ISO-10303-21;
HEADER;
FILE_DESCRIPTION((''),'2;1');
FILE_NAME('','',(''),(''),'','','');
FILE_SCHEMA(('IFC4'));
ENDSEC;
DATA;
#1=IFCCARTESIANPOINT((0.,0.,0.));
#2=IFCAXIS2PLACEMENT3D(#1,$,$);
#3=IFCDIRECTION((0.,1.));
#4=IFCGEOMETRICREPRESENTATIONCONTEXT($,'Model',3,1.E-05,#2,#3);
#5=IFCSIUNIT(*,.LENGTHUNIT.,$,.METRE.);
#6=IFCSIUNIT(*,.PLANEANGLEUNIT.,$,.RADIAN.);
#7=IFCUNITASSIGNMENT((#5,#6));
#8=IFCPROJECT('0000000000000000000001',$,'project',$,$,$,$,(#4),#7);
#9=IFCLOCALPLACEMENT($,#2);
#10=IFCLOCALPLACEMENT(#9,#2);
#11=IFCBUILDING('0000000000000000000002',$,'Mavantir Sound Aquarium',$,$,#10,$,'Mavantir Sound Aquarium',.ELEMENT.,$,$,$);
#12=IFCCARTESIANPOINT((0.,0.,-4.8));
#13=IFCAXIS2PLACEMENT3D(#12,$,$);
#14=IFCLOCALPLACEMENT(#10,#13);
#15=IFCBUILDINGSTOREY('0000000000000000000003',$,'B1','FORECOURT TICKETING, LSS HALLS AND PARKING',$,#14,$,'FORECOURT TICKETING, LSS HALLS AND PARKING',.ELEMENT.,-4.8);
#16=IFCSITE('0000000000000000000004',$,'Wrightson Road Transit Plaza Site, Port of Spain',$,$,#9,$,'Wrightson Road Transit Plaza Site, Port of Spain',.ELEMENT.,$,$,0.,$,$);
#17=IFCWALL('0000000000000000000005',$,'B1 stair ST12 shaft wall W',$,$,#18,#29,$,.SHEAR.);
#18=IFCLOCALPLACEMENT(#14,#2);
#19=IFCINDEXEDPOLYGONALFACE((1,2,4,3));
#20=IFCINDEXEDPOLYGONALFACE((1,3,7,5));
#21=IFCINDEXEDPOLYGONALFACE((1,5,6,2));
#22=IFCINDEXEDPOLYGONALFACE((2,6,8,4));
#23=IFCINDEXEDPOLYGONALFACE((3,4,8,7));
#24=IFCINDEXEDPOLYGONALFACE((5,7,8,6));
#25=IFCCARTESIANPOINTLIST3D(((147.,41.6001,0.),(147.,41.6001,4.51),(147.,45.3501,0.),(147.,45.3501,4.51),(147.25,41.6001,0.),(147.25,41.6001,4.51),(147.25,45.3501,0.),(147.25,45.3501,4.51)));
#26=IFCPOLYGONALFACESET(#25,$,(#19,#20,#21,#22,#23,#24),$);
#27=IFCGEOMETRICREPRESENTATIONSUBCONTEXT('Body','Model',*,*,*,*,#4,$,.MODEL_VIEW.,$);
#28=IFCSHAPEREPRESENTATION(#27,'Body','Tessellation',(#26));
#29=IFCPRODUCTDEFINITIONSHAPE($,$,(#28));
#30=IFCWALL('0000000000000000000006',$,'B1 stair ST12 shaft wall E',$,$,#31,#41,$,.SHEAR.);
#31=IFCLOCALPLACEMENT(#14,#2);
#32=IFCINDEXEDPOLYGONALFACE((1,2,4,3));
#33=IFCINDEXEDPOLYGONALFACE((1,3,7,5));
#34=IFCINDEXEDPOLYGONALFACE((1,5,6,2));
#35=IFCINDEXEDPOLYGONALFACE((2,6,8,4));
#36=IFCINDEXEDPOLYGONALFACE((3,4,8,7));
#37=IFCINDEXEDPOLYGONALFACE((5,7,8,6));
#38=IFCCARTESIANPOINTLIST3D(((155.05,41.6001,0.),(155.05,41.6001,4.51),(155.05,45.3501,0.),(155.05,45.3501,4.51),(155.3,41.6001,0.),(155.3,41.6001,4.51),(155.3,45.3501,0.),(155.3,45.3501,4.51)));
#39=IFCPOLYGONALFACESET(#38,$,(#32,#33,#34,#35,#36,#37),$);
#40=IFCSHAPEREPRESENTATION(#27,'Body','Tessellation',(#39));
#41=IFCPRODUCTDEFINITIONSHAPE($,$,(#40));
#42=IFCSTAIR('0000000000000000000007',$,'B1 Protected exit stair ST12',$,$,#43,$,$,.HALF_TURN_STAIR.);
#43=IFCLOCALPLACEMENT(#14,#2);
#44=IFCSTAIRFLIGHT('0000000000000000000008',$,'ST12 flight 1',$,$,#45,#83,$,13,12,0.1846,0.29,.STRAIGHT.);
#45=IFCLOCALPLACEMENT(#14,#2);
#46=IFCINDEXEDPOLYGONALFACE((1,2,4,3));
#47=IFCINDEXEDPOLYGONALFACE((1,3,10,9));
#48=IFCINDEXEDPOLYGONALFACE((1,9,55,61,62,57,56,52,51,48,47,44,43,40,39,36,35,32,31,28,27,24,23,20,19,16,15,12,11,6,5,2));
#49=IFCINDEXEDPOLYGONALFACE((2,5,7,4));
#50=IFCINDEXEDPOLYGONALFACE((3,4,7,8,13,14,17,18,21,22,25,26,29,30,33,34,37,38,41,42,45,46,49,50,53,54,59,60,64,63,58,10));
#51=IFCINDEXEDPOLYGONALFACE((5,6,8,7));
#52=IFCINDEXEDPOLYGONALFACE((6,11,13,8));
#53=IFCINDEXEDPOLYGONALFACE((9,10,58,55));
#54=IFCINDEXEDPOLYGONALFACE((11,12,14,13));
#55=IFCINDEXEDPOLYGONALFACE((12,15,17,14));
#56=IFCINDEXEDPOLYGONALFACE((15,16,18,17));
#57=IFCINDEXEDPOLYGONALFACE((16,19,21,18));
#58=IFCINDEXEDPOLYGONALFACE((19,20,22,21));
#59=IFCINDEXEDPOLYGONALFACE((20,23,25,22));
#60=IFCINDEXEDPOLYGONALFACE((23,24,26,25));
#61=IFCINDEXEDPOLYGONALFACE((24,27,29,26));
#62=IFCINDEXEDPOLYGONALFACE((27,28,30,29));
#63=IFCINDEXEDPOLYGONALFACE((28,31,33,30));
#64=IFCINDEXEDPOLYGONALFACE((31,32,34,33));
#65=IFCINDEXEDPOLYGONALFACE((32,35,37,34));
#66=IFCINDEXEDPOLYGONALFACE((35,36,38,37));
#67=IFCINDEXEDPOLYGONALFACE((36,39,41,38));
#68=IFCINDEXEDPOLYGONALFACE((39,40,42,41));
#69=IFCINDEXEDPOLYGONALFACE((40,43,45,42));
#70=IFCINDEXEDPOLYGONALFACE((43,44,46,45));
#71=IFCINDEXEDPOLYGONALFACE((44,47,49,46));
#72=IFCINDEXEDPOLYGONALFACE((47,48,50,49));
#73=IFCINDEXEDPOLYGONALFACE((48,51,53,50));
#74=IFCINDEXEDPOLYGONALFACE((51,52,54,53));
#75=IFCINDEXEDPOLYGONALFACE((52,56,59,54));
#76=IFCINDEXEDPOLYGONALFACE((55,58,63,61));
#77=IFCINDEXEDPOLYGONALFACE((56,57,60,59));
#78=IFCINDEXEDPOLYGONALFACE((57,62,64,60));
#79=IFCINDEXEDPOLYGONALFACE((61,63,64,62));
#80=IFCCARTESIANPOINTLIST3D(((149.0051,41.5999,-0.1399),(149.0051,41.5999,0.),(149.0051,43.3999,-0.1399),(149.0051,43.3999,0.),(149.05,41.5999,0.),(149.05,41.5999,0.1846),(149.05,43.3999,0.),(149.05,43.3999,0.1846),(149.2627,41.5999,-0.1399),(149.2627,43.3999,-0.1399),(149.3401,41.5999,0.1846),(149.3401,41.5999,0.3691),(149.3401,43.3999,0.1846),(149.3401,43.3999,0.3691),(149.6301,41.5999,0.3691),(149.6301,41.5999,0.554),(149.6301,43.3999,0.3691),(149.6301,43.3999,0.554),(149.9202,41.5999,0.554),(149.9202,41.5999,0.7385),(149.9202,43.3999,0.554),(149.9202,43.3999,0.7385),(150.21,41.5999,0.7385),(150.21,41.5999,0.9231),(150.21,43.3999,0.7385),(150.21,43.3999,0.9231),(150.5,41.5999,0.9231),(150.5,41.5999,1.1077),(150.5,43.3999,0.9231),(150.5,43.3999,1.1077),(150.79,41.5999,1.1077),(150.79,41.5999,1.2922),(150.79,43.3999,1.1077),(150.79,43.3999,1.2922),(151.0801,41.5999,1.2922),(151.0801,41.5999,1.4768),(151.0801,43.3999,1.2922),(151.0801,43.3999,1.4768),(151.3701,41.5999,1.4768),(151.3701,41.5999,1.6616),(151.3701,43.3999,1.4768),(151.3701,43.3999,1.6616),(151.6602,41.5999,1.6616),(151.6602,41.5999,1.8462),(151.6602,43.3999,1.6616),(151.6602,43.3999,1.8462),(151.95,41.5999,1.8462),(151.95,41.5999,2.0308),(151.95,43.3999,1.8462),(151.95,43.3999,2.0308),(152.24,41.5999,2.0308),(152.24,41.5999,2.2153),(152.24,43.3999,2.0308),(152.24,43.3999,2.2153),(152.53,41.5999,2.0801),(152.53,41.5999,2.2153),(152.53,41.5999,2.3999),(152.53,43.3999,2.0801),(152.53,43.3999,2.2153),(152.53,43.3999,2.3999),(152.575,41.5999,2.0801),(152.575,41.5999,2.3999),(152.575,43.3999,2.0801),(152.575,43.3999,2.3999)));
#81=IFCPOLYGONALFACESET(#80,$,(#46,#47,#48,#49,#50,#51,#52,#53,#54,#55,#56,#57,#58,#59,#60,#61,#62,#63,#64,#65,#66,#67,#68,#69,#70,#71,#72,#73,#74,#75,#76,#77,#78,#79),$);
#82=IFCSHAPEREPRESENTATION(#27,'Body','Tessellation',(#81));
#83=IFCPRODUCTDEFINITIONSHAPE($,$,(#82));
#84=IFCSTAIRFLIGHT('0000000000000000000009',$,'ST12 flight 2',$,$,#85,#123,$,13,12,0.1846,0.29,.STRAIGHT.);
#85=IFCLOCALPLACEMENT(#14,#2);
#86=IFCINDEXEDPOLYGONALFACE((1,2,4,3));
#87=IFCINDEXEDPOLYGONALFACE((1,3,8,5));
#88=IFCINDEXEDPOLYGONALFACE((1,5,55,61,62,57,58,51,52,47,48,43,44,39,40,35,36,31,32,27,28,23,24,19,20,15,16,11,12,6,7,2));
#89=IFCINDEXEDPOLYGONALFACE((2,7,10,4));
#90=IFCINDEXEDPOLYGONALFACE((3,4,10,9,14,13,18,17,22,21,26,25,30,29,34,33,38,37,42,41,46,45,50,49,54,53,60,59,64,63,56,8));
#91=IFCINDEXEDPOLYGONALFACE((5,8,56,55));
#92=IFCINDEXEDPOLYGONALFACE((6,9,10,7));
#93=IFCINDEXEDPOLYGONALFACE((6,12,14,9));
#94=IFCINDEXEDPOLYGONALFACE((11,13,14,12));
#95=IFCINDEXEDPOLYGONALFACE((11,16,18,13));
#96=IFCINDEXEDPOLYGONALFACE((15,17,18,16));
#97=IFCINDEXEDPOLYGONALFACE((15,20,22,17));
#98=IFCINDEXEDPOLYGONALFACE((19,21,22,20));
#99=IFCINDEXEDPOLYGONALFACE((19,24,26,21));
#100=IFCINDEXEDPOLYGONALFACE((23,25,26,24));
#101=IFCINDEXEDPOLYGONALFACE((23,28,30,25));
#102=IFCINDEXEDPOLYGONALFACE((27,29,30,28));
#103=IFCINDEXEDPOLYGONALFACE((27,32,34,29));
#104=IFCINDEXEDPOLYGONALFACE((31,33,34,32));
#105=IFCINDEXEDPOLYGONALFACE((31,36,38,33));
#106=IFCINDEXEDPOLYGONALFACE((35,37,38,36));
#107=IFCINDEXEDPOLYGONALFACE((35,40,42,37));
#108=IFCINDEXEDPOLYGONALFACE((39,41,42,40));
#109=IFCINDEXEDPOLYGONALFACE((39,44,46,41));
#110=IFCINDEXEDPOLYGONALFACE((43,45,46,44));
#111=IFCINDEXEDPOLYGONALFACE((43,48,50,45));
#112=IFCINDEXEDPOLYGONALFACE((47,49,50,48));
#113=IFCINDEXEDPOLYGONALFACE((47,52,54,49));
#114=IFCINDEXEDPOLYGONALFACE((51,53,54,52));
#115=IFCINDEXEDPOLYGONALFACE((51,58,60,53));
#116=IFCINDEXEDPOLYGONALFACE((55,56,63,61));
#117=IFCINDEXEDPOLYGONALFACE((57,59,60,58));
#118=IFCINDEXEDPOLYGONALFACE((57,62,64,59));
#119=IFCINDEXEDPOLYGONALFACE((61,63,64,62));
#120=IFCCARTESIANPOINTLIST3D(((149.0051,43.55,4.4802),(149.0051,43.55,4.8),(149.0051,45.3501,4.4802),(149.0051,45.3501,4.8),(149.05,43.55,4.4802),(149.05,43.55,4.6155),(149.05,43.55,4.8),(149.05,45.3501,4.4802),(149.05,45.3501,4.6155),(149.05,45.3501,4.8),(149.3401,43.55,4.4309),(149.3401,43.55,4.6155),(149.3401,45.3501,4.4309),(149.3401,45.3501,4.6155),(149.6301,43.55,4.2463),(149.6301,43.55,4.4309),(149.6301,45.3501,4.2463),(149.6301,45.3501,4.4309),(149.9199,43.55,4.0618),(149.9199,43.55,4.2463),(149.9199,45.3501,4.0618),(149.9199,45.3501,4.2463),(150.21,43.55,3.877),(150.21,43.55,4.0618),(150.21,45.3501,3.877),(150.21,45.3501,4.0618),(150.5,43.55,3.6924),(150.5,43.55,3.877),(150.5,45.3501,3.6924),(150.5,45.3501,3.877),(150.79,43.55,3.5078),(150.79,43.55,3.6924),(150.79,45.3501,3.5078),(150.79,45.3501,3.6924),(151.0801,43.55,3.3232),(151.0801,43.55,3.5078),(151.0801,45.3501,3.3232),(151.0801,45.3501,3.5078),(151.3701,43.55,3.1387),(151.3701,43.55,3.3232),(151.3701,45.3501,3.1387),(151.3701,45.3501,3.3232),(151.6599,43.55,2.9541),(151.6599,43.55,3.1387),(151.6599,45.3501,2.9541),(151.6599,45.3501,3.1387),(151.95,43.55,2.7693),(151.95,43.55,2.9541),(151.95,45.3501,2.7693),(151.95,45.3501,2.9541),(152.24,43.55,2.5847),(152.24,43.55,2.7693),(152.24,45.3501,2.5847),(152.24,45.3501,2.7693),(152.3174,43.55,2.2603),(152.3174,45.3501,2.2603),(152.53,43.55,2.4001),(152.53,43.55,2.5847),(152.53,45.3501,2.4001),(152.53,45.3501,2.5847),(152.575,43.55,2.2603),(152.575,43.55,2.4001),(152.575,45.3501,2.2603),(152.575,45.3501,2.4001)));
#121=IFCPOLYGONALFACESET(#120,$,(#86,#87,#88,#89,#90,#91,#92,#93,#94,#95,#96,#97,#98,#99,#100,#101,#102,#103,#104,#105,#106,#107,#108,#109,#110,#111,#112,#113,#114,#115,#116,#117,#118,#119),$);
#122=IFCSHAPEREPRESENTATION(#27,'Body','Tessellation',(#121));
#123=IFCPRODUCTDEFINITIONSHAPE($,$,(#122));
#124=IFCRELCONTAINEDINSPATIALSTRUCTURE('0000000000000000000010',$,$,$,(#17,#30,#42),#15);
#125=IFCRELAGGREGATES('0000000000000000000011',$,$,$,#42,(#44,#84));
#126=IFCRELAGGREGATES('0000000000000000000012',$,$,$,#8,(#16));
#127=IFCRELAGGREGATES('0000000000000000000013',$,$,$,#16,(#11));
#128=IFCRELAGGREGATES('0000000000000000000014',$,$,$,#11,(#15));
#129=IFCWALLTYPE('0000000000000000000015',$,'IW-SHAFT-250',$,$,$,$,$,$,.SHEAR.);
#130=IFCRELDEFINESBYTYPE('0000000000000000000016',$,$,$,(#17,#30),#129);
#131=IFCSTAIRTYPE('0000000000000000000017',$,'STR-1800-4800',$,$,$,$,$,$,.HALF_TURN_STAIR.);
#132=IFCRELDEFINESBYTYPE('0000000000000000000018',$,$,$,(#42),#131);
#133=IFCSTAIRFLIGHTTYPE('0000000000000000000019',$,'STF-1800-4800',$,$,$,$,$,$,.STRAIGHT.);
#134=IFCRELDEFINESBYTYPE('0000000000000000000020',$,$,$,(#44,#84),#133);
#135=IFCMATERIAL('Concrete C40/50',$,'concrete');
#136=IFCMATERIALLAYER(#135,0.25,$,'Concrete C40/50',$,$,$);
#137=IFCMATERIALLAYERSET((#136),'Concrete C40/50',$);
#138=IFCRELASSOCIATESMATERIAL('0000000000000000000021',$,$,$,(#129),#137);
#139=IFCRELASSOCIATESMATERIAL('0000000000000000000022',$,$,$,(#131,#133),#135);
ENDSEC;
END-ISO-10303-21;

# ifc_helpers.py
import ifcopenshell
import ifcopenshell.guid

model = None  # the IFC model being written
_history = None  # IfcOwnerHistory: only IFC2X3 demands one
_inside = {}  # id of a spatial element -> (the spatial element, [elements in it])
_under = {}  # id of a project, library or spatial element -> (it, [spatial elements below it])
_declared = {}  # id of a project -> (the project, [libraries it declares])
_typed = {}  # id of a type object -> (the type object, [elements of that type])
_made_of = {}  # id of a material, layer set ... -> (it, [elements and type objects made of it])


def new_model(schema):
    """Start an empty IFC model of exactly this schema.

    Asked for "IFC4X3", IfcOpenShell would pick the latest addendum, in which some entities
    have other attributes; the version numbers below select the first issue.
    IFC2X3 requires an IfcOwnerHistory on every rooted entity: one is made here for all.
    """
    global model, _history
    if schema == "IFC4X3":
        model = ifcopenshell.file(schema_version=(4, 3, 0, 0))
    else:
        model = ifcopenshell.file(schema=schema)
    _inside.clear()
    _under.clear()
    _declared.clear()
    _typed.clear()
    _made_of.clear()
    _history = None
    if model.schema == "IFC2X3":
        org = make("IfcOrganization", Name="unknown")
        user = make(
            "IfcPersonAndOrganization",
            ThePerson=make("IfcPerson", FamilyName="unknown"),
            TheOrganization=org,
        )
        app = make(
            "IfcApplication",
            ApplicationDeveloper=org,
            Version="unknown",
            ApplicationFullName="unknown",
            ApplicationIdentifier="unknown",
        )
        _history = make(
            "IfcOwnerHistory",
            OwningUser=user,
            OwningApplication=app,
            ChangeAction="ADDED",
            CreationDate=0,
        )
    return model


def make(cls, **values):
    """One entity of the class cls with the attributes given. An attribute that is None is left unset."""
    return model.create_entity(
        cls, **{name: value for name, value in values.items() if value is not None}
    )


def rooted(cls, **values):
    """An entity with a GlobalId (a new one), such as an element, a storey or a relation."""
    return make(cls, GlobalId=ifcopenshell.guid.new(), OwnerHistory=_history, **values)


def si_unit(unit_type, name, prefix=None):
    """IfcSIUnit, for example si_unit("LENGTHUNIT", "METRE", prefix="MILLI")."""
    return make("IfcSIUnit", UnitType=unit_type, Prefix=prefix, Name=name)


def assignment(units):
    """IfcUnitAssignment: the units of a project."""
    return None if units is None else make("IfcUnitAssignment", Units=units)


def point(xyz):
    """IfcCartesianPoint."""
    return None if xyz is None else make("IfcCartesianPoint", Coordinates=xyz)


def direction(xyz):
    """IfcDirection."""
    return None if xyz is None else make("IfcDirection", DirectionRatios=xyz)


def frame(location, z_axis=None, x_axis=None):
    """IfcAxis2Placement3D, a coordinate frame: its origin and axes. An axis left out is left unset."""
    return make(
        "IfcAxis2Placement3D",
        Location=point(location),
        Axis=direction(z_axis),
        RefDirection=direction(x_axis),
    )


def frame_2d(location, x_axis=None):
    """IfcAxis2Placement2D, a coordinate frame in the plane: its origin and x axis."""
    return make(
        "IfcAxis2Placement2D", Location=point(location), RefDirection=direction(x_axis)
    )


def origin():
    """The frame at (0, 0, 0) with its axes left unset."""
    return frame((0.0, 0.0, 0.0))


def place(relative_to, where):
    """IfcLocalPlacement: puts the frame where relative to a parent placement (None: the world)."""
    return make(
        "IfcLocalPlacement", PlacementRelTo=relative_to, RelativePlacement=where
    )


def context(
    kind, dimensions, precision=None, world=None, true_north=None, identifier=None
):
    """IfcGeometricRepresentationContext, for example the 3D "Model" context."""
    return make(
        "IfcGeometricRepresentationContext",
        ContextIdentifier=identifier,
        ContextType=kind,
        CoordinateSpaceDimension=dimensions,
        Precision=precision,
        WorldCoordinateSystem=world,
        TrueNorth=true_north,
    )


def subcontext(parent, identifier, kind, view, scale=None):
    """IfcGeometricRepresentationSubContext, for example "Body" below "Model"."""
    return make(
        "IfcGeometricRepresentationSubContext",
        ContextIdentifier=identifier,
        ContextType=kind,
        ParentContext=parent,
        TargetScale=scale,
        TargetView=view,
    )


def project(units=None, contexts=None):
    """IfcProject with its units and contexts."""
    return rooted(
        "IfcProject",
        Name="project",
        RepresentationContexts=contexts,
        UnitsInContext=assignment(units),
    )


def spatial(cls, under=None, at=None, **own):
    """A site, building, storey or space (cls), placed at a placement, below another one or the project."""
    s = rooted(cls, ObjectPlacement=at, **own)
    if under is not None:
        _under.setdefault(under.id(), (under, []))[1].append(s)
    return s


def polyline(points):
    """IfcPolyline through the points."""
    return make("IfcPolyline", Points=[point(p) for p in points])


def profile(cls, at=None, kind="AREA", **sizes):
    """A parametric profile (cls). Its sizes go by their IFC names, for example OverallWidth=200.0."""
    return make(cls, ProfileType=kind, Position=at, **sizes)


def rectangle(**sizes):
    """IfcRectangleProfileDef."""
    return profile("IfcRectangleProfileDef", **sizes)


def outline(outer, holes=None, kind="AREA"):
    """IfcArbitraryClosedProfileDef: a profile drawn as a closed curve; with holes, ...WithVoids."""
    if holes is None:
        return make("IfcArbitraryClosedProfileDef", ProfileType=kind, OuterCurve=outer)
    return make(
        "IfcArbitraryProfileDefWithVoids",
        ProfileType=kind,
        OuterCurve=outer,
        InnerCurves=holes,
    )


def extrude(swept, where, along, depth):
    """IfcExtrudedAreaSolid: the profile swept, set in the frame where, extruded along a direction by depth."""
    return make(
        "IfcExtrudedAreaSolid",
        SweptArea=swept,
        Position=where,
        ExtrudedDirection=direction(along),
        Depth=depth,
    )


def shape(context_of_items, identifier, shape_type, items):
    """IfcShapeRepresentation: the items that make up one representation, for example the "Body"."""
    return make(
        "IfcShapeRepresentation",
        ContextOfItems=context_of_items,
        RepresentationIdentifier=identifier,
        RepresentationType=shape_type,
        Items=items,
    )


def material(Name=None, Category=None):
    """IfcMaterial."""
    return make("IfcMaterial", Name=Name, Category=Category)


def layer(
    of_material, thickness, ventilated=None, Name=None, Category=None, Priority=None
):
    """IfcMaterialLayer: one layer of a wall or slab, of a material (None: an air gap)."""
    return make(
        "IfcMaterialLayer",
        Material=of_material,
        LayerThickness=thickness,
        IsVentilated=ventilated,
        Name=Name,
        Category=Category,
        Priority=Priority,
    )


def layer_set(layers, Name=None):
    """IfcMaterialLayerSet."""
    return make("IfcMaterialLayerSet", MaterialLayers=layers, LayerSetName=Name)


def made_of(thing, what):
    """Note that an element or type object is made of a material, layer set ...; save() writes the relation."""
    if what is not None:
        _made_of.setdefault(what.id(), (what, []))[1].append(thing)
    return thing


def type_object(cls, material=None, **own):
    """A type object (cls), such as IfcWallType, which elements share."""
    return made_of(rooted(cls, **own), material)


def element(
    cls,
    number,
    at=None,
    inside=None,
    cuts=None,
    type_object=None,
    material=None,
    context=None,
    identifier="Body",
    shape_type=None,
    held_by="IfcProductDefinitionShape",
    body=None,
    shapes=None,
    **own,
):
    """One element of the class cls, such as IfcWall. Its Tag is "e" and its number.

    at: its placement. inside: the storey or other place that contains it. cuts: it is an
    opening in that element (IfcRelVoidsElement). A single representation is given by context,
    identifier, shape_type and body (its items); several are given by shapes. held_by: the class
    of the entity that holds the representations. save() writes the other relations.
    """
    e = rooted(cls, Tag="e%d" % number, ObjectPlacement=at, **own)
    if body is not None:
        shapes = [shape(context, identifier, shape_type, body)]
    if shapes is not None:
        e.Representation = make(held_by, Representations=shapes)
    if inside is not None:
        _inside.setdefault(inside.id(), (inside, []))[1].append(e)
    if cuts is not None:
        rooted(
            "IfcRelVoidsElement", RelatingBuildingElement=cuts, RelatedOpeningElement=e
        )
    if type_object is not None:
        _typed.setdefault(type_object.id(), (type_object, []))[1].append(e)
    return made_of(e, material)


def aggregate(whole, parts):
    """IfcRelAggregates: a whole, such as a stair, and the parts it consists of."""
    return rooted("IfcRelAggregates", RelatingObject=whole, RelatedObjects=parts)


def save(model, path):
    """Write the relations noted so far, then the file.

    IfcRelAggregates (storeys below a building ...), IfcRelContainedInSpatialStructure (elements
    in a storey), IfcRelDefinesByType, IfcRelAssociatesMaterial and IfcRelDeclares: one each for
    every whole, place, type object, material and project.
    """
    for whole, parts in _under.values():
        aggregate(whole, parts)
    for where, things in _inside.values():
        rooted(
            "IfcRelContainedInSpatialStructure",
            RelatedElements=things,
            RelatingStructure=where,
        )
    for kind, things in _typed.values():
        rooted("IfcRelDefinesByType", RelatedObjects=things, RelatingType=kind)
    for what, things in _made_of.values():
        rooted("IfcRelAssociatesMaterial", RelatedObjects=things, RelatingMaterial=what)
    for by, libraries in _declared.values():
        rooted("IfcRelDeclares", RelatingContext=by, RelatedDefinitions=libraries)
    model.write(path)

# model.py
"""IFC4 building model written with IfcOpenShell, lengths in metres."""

from ifc_helpers import new_model, si_unit, direction, frame, frame_2d, origin, place, context, subcontext, project, spatial, polyline, rectangle, outline, extrude, material, layer, layer_set, type_object, element, aggregate, save


model = new_model("IFC4")

# Units and contexts
model_context = context("Model", 3, precision=1e-05, world=origin(), true_north=direction((0.0, 1.0)))
body_context = subcontext(model_context, "Body", "Model", "MODEL_VIEW")
ifc_project = project(units=[si_unit("LENGTHUNIT", "METRE"), si_unit("PLANEANGLEUNIT", "RADIAN")], contexts=[model_context])

# Site, building, storey
site_placement = place(None, origin())
site = spatial("IfcSite", under=ifc_project, at=site_placement, Name="Wrightson Road Transit Plaza Site, Port of Spain", LongName="Wrightson Road Transit Plaza Site, Port of Spain", CompositionType="ELEMENT", RefElevation=0.0)
building_placement = place(site_placement, origin())
building = spatial("IfcBuilding", under=site, at=building_placement, Name="Mavantir Sound Aquarium", LongName="Mavantir Sound Aquarium", CompositionType="ELEMENT")
storey_placement = place(building_placement, frame((0.0, 0.0, -4.8)))
storey = spatial("IfcBuildingStorey", under=building, at=storey_placement, Name="B1", Description="FORECOURT TICKETING, LSS HALLS AND PARKING", LongName="FORECOURT TICKETING, LSS HALLS AND PARKING", CompositionType="ELEMENT", Elevation=-4.8)

# Shared definitions
ifc_material_1 = material(Name="Concrete C40/50", Category="concrete")

# Shared definitions
ifc_layer = layer(ifc_material_1, 0.25, Name="Concrete C40/50")
ifc_layer_set = layer_set([ifc_layer], Name="Concrete C40/50")
wall_type = type_object("IfcWallType", Name="IW-SHAFT-250", PredefinedType="SHEAR", material=ifc_layer_set)

# Walls
for number, where, z_axis, x_axis, name in (
    (1, (147.125, 45.3501, 0.0), (0.0, 0.0, 1.0), (0.0, -1.0, 0.0), "B1 stair ST12 shaft wall W"),
    (2, (155.175, 41.6001, 0.0), (0.0, 0.0, 1.0), (0.0, 1.0, 0.0), "B1 stair ST12 shaft wall E"),
):
    element("IfcWall", number, at=place(storey_placement, frame(where, z_axis=z_axis, x_axis=x_axis)), inside=storey, type_object=wall_type, Name=name, PredefinedType="SHEAR", context=body_context, shape_type="SweptSolid", body=[
        extrude(rectangle(XDim=3.75, YDim=0.25, at=frame_2d((1.875, 0.0))), origin(), (0.0, 0.0, 1.0), 4.51),
    ])

# Stair, stair flights
stair_type = type_object("IfcStairType", Name="STR-1800-4800", PredefinedType="HALF_TURN_STAIR", material=ifc_material_1)
stair_placement = place(storey_placement, origin())
stair = element("IfcStair", 3, at=stair_placement, inside=storey, type_object=stair_type, Name="B1 Protected exit stair ST12", PredefinedType="HALF_TURN_STAIR")
stair_flight_type = type_object("IfcStairFlightType", Name="STF-1800-4800", PredefinedType="STRAIGHT", material=ifc_material_1)
stair_flight_1_placement = place(storey_placement, frame((149.05, 42.5, 0.0), z_axis=(0.0, 0.0, 1.0), x_axis=(1.0, 0.0, 0.0)))
stair_flight_1 = element("IfcStairFlight", 4, at=stair_flight_1_placement, type_object=stair_flight_type, Name="ST12 flight 1", NumberOfRisers=13, NumberOfTreads=12, PredefinedType="STRAIGHT", RiserHeight=0.1846, TreadLength=0.29, context=body_context, shape_type="SweptSolid", body=[
    extrude(outline(polyline([(-0.0449, -0.1399), (-0.0449, 0.0), (0.0, 0.0), (0.0, 0.1846), (0.29, 0.1846), (0.29, 0.3691), (0.5801, 0.3691), (0.5801, 0.554), (0.8701, 0.554), (0.8701, 0.7385), (1.1599, 0.7385), (1.1599, 0.9231), (1.45, 0.9231), (1.45, 1.1077), (1.74, 1.1077), (1.74, 1.2922), (2.03, 1.2922), (2.03, 1.4768), (2.3201, 1.4768), (2.3201, 1.6616), (2.6101, 1.6616), (2.6101, 1.8462), (2.8999, 1.8462), (2.8999, 2.0308), (3.1899, 2.0308), (3.1899, 2.2153), (3.48, 2.2153), (3.48, 2.3999), (3.5249, 2.3999), (3.5249, 2.0801), (3.48, 2.0801), (0.2126, -0.1399), (-0.0449, -0.1399)])), frame((0.0, 0.8999, 0.0), z_axis=(0.0, -1.0, 0.0), x_axis=(1.0, 0.0, 0.0)), (0.0, 0.0, 1.0), 1.8),
])
stair_flight_2_placement = place(storey_placement, frame((152.53, 44.45, 2.4001), z_axis=(0.0, 0.0, 1.0), x_axis=(-1.0, 0.0, 0.0)))
stair_flight_2 = element("IfcStairFlight", 5, at=stair_flight_2_placement, type_object=stair_flight_type, Name="ST12 flight 2", NumberOfRisers=13, NumberOfTreads=12, PredefinedType="STRAIGHT", RiserHeight=0.1846, TreadLength=0.29, context=body_context, shape_type="SweptSolid", body=[
    extrude(outline(polyline([(-0.0449, -0.1399), (-0.0449, 0.0), (0.0, 0.0), (0.0, 0.1846), (0.29, 0.1846), (0.29, 0.3691), (0.5801, 0.3691), (0.5801, 0.554), (0.8701, 0.554), (0.8701, 0.7385), (1.1599, 0.7385), (1.1599, 0.9231), (1.45, 0.9231), (1.45, 1.1077), (1.74, 1.1077), (1.74, 1.2922), (2.03, 1.2922), (2.03, 1.4768), (2.3201, 1.4768), (2.3201, 1.6616), (2.6101, 1.6616), (2.6101, 1.8462), (2.8999, 1.8462), (2.8999, 2.0308), (3.1899, 2.0308), (3.1899, 2.2153), (3.48, 2.2153), (3.48, 2.3999), (3.5249, 2.3999), (3.5249, 2.0801), (3.48, 2.0801), (0.2126, -0.1399), (-0.0449, -0.1399)])), frame((0.0, 0.8999, 0.0), z_axis=(0.0, -1.0, 0.0), x_axis=(1.0, 0.0, 0.0)), (0.0, 0.0, 1.0), 1.8),
])
aggregate(stair, [stair_flight_1, stair_flight_2])

save(model, "model.ifc")
